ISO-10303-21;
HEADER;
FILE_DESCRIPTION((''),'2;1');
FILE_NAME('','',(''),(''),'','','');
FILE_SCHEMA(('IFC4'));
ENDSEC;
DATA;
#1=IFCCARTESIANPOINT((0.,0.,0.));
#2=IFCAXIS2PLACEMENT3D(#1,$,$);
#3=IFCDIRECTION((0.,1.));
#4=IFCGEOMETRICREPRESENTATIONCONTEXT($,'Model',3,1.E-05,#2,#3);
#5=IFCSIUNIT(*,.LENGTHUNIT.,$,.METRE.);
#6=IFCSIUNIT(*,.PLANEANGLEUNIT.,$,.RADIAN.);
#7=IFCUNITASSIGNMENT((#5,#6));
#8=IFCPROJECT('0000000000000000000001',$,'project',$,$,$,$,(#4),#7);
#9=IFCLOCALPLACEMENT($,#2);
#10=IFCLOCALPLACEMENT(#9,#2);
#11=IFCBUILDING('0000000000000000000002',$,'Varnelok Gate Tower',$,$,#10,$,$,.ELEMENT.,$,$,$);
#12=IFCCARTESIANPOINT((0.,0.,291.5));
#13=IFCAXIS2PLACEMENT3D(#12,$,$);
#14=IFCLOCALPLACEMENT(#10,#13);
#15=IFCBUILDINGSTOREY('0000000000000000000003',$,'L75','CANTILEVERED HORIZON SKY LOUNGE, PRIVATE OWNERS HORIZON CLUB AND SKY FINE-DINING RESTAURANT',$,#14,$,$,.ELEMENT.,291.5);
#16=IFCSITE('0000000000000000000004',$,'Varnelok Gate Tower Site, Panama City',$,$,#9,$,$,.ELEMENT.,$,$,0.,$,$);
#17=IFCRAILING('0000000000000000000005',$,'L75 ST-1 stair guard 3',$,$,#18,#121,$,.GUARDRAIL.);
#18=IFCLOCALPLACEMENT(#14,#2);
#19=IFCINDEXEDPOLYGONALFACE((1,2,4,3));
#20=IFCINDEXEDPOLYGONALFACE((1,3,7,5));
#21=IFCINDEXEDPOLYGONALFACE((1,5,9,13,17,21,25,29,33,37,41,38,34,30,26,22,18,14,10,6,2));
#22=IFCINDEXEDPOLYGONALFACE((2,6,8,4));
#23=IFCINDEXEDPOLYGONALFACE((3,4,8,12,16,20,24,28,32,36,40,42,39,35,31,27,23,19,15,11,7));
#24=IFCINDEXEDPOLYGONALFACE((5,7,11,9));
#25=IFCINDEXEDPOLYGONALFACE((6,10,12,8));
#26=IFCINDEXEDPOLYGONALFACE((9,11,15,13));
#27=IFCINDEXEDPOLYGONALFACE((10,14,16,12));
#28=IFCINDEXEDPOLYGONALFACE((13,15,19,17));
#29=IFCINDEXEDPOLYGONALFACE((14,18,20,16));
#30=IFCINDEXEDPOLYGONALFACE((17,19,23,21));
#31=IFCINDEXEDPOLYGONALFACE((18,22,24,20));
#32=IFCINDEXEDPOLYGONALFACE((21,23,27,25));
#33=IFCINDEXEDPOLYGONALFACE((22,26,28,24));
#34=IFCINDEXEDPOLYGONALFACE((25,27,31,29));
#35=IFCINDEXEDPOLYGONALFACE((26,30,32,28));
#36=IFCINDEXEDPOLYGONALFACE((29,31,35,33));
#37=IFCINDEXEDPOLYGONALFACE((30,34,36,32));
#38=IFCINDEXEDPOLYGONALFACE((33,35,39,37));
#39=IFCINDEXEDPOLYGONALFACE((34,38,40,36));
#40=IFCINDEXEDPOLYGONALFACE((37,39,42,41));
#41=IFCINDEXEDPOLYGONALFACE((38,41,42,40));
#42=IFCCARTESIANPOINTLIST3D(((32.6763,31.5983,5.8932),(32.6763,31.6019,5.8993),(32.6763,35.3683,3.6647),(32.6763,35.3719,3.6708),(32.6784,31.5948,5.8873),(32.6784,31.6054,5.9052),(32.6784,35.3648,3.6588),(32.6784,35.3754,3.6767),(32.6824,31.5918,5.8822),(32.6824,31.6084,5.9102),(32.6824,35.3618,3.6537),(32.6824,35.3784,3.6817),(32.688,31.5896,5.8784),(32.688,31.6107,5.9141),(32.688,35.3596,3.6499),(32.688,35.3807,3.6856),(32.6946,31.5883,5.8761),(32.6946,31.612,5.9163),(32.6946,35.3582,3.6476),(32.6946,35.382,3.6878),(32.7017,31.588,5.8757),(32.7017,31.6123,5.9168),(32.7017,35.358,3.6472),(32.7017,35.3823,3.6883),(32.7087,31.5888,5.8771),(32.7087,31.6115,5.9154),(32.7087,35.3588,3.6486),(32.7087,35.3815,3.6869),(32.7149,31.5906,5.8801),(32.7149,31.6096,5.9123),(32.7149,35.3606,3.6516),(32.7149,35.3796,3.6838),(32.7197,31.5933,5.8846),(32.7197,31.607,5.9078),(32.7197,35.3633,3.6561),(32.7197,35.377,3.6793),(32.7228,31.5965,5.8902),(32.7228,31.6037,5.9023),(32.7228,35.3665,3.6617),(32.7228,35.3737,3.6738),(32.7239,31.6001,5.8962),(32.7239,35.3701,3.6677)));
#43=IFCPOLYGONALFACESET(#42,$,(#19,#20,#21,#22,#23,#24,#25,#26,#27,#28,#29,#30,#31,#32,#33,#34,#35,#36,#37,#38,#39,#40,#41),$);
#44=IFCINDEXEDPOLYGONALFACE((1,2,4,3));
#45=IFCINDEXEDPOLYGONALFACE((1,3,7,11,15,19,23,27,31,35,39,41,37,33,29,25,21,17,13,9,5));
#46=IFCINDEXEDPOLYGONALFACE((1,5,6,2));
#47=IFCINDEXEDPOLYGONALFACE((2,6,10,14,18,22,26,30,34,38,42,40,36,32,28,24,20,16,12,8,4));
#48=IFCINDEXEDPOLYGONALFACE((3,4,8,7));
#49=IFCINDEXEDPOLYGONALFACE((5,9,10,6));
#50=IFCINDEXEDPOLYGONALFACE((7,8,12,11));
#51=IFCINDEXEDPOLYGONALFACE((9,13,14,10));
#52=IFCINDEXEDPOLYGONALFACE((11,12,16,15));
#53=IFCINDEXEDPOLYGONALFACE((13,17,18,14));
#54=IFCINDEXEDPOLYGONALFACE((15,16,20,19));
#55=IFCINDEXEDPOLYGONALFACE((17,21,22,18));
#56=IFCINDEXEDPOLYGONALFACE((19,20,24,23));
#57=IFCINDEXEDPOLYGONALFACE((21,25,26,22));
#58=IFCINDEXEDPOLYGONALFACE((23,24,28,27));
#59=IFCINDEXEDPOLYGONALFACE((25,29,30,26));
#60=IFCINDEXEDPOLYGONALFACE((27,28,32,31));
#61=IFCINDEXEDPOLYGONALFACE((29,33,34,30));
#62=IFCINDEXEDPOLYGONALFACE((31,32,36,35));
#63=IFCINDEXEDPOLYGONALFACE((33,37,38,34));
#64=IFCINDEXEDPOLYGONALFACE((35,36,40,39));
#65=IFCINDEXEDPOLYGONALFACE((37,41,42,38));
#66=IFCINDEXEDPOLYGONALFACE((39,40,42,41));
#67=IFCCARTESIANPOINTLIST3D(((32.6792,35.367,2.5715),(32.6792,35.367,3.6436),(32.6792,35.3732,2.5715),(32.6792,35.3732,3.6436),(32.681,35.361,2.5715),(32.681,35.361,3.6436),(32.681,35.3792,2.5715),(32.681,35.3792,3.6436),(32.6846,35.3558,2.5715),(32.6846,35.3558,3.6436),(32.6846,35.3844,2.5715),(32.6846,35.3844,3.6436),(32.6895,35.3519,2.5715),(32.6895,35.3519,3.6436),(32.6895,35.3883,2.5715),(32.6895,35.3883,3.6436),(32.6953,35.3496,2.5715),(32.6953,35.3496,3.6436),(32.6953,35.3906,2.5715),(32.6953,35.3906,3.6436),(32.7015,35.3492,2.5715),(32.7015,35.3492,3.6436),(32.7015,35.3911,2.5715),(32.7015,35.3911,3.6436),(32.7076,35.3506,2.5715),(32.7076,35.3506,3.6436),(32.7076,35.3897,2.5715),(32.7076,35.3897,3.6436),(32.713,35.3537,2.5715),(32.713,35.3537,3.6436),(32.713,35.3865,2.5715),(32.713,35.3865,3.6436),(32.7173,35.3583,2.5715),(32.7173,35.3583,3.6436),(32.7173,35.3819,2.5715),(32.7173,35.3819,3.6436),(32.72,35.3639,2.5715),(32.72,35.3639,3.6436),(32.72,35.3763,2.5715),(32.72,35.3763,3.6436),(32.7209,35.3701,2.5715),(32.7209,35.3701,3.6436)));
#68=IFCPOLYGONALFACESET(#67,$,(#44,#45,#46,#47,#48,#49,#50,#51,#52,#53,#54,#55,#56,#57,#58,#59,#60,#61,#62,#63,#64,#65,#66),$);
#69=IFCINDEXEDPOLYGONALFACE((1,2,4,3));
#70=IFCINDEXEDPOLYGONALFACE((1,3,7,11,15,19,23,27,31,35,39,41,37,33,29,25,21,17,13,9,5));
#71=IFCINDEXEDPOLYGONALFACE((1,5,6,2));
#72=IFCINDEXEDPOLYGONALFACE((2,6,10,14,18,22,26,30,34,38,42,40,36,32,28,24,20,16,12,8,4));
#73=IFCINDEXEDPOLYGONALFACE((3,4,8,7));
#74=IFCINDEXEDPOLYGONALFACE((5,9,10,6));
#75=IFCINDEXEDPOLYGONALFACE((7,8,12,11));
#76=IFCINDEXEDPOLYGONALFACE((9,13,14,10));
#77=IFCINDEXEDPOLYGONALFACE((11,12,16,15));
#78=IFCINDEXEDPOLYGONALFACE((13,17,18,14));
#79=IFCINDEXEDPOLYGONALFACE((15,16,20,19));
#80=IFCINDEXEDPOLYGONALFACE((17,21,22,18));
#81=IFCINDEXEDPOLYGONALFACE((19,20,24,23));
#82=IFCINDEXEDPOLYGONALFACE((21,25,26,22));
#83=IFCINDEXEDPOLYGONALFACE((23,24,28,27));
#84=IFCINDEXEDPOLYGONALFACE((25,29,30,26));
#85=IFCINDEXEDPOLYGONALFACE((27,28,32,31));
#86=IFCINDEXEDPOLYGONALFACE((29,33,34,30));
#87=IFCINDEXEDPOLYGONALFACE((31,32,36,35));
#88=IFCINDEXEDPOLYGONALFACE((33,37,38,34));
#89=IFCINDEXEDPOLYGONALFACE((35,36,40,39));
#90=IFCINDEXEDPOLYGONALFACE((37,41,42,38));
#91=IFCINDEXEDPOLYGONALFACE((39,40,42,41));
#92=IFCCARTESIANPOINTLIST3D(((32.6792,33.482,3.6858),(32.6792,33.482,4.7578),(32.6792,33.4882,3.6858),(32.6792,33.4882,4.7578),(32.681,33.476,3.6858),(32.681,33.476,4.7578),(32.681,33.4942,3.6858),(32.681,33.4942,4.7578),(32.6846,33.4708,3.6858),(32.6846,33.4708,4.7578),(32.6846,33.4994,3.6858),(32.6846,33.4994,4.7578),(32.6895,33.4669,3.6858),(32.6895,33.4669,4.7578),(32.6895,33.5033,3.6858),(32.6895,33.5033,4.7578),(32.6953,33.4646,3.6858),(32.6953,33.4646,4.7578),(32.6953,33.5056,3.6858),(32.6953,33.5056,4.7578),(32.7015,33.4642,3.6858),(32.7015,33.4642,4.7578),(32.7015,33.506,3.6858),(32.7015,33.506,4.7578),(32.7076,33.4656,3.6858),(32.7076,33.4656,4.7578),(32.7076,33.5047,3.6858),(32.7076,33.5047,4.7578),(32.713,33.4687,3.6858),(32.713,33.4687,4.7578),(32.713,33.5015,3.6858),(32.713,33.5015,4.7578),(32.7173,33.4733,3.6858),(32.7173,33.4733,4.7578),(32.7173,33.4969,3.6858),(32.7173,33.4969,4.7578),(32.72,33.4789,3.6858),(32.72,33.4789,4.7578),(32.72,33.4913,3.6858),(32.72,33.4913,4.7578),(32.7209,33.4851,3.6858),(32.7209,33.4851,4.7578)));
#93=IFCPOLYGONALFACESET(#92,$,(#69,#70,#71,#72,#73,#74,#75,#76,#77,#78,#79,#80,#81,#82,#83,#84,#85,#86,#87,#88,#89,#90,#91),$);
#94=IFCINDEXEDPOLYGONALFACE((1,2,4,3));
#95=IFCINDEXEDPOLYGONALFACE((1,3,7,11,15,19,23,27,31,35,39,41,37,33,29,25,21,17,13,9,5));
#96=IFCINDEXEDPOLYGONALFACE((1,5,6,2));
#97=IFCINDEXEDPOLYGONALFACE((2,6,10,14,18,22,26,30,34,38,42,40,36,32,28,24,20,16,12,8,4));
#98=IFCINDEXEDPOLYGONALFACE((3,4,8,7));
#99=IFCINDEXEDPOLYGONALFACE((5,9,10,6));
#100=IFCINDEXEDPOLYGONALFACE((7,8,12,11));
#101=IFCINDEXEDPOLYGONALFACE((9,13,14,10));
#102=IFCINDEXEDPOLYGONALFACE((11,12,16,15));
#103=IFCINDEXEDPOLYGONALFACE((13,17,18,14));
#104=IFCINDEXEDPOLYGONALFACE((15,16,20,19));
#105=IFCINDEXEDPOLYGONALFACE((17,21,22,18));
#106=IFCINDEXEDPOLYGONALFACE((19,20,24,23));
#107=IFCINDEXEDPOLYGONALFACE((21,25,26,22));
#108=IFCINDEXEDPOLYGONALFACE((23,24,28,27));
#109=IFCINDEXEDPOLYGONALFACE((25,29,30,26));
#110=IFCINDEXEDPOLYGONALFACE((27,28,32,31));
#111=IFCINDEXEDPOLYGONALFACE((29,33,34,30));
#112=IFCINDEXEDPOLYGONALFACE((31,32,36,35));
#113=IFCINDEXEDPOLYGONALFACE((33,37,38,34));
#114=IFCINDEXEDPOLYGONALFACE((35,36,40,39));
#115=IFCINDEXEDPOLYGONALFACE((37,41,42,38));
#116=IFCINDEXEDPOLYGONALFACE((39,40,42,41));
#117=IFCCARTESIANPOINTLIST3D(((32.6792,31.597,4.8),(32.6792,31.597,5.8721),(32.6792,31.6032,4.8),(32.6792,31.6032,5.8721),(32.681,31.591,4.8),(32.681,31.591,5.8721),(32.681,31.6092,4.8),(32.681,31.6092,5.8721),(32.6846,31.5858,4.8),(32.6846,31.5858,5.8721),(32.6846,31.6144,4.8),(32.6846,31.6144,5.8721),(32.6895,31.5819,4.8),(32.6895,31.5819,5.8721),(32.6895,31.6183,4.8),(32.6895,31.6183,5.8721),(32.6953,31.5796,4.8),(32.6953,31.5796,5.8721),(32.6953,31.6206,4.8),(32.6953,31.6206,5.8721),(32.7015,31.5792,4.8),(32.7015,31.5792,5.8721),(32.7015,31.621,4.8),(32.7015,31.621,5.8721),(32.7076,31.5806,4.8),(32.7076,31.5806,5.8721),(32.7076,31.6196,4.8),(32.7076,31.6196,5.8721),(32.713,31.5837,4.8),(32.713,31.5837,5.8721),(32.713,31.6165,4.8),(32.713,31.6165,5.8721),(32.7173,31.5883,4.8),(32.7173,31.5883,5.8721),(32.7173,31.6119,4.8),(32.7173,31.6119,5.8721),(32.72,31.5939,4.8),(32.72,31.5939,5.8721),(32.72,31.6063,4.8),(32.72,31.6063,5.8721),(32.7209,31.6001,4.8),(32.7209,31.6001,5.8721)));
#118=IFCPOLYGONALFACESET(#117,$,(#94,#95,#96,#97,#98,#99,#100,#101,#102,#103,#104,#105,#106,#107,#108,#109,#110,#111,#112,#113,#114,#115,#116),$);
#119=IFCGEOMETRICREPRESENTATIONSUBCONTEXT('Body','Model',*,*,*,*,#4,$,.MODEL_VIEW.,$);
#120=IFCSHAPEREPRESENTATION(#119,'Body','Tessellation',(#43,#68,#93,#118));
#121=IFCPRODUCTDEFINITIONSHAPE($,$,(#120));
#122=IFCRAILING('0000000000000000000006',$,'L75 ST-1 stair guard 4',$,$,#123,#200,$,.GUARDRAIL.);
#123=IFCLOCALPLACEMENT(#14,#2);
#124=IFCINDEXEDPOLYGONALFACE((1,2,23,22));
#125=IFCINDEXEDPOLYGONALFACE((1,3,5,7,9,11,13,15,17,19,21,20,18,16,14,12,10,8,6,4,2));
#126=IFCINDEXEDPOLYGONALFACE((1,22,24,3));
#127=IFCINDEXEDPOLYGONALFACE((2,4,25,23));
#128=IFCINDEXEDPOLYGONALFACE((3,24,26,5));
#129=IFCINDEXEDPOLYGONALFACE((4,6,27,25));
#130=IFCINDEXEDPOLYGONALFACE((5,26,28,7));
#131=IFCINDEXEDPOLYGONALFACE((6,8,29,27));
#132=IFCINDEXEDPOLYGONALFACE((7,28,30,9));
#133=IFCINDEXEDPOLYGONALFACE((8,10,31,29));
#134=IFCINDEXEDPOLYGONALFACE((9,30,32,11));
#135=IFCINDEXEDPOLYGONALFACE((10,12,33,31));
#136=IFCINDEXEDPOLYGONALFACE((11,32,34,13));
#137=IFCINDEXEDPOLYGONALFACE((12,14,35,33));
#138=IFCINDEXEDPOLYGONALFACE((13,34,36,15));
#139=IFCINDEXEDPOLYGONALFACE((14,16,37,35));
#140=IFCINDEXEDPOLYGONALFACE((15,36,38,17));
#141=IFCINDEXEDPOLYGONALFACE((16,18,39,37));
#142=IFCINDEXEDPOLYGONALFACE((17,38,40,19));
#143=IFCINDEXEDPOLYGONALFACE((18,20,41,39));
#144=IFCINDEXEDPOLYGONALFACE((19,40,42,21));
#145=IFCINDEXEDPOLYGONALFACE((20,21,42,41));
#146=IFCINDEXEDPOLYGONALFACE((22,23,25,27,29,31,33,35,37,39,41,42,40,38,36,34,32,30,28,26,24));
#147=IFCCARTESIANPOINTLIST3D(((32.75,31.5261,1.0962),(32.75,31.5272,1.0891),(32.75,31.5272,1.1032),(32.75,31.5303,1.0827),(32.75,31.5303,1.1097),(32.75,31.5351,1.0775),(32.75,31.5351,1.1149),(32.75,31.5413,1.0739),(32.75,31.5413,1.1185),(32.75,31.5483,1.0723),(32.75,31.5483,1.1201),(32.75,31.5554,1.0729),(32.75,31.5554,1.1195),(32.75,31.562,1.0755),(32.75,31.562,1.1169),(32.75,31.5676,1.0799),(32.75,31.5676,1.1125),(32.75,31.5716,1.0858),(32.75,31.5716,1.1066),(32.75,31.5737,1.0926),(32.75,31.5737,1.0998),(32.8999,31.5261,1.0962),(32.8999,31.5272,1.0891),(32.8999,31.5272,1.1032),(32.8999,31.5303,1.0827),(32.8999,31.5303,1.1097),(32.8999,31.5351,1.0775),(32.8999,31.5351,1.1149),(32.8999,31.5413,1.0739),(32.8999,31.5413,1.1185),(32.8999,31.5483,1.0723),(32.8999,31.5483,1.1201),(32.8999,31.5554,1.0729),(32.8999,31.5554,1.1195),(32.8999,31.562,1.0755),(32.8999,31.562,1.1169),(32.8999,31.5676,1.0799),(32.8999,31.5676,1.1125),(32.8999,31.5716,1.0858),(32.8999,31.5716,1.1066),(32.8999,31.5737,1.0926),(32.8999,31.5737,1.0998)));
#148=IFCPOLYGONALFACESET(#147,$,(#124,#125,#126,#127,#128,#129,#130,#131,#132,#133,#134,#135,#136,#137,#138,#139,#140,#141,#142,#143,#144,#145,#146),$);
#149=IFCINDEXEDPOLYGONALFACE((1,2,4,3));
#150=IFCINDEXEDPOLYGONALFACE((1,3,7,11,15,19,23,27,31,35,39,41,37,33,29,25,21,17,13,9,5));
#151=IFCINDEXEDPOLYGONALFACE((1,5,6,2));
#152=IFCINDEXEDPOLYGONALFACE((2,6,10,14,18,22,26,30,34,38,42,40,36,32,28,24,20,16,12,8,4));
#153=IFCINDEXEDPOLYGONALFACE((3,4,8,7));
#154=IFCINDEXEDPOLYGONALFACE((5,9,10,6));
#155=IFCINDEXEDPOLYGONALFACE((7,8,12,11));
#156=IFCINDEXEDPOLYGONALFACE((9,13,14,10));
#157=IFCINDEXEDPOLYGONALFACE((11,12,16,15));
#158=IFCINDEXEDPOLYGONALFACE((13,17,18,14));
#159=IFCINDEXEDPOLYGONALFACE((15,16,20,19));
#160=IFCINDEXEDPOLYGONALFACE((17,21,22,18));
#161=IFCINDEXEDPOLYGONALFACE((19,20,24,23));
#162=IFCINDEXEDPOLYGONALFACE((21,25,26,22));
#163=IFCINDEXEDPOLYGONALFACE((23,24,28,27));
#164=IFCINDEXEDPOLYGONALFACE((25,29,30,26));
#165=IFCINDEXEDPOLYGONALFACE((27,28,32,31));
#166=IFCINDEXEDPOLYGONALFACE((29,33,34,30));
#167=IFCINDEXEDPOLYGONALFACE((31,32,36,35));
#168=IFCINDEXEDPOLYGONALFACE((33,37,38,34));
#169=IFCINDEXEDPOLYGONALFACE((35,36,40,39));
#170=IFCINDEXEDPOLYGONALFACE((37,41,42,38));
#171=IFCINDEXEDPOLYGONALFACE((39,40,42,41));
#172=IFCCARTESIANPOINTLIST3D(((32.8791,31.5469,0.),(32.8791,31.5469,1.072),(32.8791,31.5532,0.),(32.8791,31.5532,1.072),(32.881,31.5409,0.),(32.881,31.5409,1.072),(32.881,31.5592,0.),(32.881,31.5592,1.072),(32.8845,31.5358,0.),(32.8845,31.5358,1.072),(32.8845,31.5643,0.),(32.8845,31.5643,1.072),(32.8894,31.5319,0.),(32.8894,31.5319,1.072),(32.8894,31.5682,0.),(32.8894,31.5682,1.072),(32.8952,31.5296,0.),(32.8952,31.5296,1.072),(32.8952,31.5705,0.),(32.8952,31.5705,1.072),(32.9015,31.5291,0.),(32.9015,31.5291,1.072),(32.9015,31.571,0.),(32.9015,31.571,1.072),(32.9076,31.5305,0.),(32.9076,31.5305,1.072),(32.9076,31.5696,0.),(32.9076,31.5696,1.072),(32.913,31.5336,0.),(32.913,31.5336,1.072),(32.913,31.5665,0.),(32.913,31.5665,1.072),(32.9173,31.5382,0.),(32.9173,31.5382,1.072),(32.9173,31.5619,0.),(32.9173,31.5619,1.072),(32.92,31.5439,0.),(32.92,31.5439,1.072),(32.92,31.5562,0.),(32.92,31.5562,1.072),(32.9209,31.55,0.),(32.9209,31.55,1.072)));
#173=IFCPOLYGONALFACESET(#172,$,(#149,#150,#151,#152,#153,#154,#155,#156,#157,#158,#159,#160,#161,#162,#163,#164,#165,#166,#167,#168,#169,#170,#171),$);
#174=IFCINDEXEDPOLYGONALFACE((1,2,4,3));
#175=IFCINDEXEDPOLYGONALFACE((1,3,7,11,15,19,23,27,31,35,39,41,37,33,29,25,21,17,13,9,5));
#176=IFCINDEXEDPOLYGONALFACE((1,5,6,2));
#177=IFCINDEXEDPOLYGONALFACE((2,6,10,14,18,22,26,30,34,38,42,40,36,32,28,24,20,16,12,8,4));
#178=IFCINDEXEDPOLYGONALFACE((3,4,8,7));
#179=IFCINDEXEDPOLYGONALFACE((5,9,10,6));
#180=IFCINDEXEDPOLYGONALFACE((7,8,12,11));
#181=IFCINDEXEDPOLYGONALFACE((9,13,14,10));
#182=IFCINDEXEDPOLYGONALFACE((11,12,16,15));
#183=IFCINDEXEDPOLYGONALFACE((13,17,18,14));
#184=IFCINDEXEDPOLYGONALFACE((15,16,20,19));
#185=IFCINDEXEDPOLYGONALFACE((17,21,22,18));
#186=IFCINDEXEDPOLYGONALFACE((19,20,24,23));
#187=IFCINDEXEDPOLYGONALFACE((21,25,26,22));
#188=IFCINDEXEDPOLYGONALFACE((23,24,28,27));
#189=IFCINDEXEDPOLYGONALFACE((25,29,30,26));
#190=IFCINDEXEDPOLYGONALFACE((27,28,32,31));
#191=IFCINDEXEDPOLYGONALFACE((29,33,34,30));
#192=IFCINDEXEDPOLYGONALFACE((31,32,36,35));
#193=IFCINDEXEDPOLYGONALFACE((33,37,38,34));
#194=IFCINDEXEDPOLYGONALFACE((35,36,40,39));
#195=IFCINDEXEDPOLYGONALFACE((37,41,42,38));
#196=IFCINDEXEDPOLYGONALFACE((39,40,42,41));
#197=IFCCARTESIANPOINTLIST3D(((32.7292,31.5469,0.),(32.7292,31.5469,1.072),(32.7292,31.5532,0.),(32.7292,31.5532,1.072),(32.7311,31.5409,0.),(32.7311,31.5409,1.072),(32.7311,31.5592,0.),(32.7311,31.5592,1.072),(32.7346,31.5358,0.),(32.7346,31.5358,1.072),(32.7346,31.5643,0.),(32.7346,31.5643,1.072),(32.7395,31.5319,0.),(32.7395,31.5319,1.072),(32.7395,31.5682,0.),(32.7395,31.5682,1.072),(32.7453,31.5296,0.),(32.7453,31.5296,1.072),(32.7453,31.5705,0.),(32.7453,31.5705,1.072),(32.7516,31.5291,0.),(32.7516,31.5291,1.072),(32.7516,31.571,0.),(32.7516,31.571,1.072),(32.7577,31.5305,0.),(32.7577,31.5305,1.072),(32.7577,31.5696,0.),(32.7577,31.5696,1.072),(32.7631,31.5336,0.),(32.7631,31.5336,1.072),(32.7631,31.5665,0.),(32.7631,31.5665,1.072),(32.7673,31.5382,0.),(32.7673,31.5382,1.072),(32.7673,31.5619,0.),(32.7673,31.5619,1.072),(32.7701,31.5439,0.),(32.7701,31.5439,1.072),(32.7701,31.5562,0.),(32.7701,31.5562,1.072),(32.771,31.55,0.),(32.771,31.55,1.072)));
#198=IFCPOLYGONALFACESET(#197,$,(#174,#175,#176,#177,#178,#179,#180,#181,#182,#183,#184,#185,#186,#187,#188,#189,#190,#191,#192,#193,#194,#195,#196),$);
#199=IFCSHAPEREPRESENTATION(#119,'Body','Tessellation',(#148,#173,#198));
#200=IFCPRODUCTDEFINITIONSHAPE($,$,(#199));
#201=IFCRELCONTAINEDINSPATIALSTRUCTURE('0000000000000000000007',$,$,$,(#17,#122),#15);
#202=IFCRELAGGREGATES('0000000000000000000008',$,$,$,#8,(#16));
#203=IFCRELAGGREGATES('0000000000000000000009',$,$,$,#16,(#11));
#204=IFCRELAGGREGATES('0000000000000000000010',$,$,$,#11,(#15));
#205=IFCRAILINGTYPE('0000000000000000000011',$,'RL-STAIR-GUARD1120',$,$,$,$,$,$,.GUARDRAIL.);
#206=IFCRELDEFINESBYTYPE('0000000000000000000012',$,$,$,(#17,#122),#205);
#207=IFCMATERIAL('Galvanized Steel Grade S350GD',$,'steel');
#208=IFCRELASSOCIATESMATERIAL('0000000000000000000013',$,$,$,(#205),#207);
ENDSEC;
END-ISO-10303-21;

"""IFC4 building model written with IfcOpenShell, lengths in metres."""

from ifc_helpers import new_model, si_unit, direction, frame, origin, origin_2d, place, context, subcontext, project, spatial, circle, extrude, material, type_object, element, save


model = new_model("IFC4")

# Units and contexts
model_context = context("Model", 3, precision=1e-05, world=origin(), true_north=direction((0.0, 1.0)))
body_context = subcontext(model_context, "Body", "Model", "MODEL_VIEW")
ifc_project = project(units=[si_unit("LENGTHUNIT", "METRE"), si_unit("PLANEANGLEUNIT", "RADIAN")], contexts=[model_context])

# Site, building, storey
site_placement = place(None, origin())
site = spatial("IfcSite", under=ifc_project, at=site_placement, Name="Varnelok Gate Tower Site, Panama City", CompositionType="ELEMENT", RefElevation=0.0)
building_placement = place(site_placement, origin())
building = spatial("IfcBuilding", under=site, at=building_placement, Name="Varnelok Gate Tower", CompositionType="ELEMENT")
storey_placement = place(building_placement, frame((0.0, 0.0, 291.5)))
storey = spatial("IfcBuildingStorey", under=building, at=storey_placement, Name="L75", Description="CANTILEVERED HORIZON SKY LOUNGE, PRIVATE OWNERS HORIZON CLUB AND SKY FINE-DINING RESTAURANT", CompositionType="ELEMENT", Elevation=291.5)

# Shared definitions
ifc_material_1 = material(Name="Galvanized Steel Grade S350GD", Category="steel")

# Railings
railing_type_1 = type_object("IfcRailingType", Name="RL-STAIR-GUARD1120", PredefinedType="GUARDRAIL", material=ifc_material_1)
railing_1_placement = place(storey_placement, frame((32.7, 35.3701, 2.5715)))
element("IfcRailing", 1, at=railing_1_placement, inside=storey, type_object=railing_type_1, Name="L75 ST-1 stair guard 3", PredefinedType="GUARDRAIL", context=body_context, shape_type="SweptSolid", body=[
    extrude(circle(Radius=0.0239, at=origin_2d()), frame((0.0, 0.0, 1.0962), z_axis=(0.0, -0.860849, 0.508861), x_axis=(1.0, 0.0, 0.0)), (0.0, 0.0, 1.0), 4.3794),
    extrude(circle(Radius=0.021, at=origin_2d()), origin(), (0.0, 0.0, 1.0), 1.072),
    extrude(circle(Radius=0.021, at=origin_2d()), frame((0.0, -1.885, 1.1143)), (0.0, 0.0, 1.0), 1.072),
    extrude(circle(Radius=0.021, at=origin_2d()), frame((0.0, -3.77, 2.2285)), (0.0, 0.0, 1.0), 1.072),
])
railing_2_placement = place(storey_placement, frame((32.8999, 31.55, 0.0)))
element("IfcRailing", 2, at=railing_2_placement, inside=storey, type_object=railing_type_1, Name="L75 ST-1 stair guard 4", PredefinedType="GUARDRAIL", context=body_context, shape_type="SweptSolid", body=[
    extrude(circle(Radius=0.0239, at=origin_2d()), frame((0.0, 0.0, 1.0962), z_axis=(-1.0, 0.0, 0.0), x_axis=(0.0, -1.0, 0.0)), (0.0, 0.0, 1.0), 0.1499),
    extrude(circle(Radius=0.021, at=origin_2d()), origin(), (0.0, 0.0, 1.0), 1.072),
    extrude(circle(Radius=0.021, at=origin_2d()), frame((-0.1499, 0.0, 0.0)), (0.0, 0.0, 1.0), 1.072),
])

save(model, "model.ifc")
